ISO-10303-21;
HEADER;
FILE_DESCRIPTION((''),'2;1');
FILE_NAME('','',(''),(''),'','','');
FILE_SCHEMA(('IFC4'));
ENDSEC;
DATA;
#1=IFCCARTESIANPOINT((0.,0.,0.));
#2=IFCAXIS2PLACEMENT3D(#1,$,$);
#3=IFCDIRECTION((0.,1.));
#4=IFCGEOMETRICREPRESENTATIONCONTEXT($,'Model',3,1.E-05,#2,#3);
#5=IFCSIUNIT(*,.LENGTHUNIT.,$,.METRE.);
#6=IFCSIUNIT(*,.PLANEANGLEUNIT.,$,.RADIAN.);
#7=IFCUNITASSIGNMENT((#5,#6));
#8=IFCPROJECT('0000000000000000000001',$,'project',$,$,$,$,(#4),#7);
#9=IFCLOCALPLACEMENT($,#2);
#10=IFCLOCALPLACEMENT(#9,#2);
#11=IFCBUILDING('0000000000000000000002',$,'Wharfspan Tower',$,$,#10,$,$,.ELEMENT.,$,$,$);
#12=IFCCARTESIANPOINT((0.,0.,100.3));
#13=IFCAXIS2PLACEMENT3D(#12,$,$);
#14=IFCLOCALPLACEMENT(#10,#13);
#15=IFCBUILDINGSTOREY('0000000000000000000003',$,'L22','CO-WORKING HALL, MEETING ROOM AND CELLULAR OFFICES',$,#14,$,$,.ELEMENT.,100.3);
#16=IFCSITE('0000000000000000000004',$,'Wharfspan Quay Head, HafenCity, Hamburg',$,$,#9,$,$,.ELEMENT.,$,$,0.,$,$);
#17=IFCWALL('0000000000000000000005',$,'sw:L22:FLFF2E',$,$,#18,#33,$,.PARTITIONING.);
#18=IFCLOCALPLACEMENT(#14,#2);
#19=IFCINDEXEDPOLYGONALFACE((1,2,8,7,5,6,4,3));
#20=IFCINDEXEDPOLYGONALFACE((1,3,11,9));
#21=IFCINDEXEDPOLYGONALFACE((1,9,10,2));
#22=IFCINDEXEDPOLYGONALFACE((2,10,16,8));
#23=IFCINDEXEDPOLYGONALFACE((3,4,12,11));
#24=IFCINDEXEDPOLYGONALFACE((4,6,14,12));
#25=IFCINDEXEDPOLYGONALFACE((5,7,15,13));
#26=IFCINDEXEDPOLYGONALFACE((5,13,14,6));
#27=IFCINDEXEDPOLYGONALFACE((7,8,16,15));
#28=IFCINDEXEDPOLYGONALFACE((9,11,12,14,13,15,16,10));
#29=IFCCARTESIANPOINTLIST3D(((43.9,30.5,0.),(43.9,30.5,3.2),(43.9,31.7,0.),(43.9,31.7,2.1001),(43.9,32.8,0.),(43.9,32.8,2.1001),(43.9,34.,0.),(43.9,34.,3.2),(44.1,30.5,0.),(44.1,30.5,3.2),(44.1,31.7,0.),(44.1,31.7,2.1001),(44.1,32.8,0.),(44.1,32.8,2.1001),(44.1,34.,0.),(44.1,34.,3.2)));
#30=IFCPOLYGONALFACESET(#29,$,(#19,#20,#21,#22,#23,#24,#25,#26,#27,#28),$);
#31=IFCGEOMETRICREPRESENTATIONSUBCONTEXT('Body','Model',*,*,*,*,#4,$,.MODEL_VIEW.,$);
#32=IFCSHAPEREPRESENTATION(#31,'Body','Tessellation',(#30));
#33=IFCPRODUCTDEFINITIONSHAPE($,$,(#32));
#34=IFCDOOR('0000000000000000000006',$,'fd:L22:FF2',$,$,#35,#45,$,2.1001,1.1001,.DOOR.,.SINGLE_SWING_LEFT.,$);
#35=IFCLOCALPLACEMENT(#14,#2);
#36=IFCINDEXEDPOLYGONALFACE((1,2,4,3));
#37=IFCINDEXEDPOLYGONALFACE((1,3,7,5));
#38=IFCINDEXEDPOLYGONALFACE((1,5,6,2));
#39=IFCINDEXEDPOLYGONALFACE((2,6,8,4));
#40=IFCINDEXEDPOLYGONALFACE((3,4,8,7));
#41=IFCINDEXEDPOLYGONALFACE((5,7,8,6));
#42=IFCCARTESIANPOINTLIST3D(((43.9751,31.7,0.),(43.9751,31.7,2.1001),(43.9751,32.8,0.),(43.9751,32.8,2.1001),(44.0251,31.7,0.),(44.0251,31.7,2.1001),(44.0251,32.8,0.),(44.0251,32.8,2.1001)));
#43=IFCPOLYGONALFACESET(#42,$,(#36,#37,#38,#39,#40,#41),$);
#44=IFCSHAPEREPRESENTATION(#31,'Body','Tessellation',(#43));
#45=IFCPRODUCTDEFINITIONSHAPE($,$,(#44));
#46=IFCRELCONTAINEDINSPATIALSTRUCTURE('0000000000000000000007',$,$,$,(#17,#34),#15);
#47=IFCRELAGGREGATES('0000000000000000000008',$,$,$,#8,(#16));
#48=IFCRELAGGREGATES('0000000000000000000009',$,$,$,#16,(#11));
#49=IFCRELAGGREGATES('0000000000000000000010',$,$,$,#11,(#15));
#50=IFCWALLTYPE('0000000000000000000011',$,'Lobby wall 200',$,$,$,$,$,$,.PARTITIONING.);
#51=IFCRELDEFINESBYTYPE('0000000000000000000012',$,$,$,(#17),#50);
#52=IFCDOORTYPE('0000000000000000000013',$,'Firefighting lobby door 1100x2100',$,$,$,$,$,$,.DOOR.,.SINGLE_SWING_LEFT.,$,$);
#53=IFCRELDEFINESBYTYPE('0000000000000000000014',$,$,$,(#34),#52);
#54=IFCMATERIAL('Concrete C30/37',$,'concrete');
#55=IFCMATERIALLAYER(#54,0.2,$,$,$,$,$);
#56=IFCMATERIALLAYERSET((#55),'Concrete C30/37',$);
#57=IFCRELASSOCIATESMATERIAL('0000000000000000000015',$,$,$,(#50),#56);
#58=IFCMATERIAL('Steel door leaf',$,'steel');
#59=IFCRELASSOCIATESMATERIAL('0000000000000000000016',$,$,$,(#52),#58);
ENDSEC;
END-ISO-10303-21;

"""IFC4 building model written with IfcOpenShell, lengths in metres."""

from ifc_helpers import new_model, si_unit, direction, frame, frame_2d, origin, place, context, subcontext, project, spatial, rectangle, extrude, material, layer, layer_set, type_object, element, fill, save


model = new_model("IFC4")

# Units and contexts
model_context = context("Model", 3, precision=1e-05, world=origin(), true_north=direction((0.0, 1.0)))
body_context = subcontext(model_context, "Body", "Model", "MODEL_VIEW")
ifc_project = project(units=[si_unit("LENGTHUNIT", "METRE"), si_unit("PLANEANGLEUNIT", "RADIAN")], contexts=[model_context])

# Site, building, storey
site_placement = place(None, origin())
site = spatial("IfcSite", under=ifc_project, at=site_placement, Name="Wharfspan Quay Head, HafenCity, Hamburg", CompositionType="ELEMENT", RefElevation=0.0)
building_placement = place(site_placement, origin())
building = spatial("IfcBuilding", under=site, at=building_placement, Name="Wharfspan Tower", CompositionType="ELEMENT")
storey_placement = place(building_placement, frame((0.0, 0.0, 100.3)))
storey = spatial("IfcBuildingStorey", under=building, at=storey_placement, Name="L22", Description="CO-WORKING HALL, MEETING ROOM AND CELLULAR OFFICES", CompositionType="ELEMENT", Elevation=100.3)

# Shared definitions
ifc_material_1 = material(Name="Steel door leaf", Category="steel")

# Wall, opening, door
ifc_material_2 = material(Name="Concrete C30/37", Category="concrete")
ifc_layer_1 = layer(ifc_material_2, 0.2)
ifc_layer_set_1 = layer_set([ifc_layer_1], Name="Concrete C30/37")
wall_type_1 = type_object("IfcWallType", Name="Lobby wall 200", PredefinedType="PARTITIONING", material=ifc_layer_set_1)
wall_1_placement = place(storey_placement, frame((44.0, 30.5, 0.0), z_axis=(0.0, 0.0, 1.0), x_axis=(0.0, 1.0, 0.0)))
wall_1 = element("IfcWall", 1, at=wall_1_placement, inside=storey, type_object=wall_type_1, Name="sw:L22:FLFF2E", PredefinedType="PARTITIONING", context=body_context, shape_type="SweptSolid", body=[
    extrude(rectangle(XDim=3.5, YDim=0.2, at=frame_2d((1.75, 0.0))), origin(), (0.0, 0.0, 1.0), 3.2),
])
opening_1_placement = place(wall_1_placement, frame((1.2, 0.0, 0.0)))
opening_1 = element("IfcOpeningElement", 2, at=opening_1_placement, cuts=wall_1, PredefinedType="OPENING", context=body_context, shape_type="SweptSolid", body=[
    extrude(rectangle(XDim=1.1001, YDim=2.1001, at=frame_2d((0.55, 1.05))), frame((0.0, 0.1099, 0.0), z_axis=(0.0, -1.0, 0.0), x_axis=(1.0, 0.0, 0.0)), (0.0, 0.0, 1.0), 0.22),
])
door_type_1 = type_object("IfcDoorType", Name="Firefighting lobby door 1100x2100", OperationType="SINGLE_SWING_LEFT", PredefinedType="DOOR", material=ifc_material_1)
door_1_placement = place(opening_1_placement, origin())
door_1 = element("IfcDoor", 3, at=door_1_placement, inside=storey, type_object=door_type_1, Name="fd:L22:FF2", OperationType="SINGLE_SWING_LEFT", OverallHeight=2.1001, OverallWidth=1.1001, PredefinedType="DOOR", context=body_context, shape_type="SweptSolid", body=[
    extrude(rectangle(XDim=1.1001, YDim=2.1001, at=frame_2d((0.55, 1.05))), frame((0.0, 0.0249, 0.0), z_axis=(0.0, -1.0, 0.0), x_axis=(1.0, 0.0, 0.0)), (0.0, 0.0, 1.0), 0.05),
])
fill(opening_1, door_1)

save(model, "model.ifc")
